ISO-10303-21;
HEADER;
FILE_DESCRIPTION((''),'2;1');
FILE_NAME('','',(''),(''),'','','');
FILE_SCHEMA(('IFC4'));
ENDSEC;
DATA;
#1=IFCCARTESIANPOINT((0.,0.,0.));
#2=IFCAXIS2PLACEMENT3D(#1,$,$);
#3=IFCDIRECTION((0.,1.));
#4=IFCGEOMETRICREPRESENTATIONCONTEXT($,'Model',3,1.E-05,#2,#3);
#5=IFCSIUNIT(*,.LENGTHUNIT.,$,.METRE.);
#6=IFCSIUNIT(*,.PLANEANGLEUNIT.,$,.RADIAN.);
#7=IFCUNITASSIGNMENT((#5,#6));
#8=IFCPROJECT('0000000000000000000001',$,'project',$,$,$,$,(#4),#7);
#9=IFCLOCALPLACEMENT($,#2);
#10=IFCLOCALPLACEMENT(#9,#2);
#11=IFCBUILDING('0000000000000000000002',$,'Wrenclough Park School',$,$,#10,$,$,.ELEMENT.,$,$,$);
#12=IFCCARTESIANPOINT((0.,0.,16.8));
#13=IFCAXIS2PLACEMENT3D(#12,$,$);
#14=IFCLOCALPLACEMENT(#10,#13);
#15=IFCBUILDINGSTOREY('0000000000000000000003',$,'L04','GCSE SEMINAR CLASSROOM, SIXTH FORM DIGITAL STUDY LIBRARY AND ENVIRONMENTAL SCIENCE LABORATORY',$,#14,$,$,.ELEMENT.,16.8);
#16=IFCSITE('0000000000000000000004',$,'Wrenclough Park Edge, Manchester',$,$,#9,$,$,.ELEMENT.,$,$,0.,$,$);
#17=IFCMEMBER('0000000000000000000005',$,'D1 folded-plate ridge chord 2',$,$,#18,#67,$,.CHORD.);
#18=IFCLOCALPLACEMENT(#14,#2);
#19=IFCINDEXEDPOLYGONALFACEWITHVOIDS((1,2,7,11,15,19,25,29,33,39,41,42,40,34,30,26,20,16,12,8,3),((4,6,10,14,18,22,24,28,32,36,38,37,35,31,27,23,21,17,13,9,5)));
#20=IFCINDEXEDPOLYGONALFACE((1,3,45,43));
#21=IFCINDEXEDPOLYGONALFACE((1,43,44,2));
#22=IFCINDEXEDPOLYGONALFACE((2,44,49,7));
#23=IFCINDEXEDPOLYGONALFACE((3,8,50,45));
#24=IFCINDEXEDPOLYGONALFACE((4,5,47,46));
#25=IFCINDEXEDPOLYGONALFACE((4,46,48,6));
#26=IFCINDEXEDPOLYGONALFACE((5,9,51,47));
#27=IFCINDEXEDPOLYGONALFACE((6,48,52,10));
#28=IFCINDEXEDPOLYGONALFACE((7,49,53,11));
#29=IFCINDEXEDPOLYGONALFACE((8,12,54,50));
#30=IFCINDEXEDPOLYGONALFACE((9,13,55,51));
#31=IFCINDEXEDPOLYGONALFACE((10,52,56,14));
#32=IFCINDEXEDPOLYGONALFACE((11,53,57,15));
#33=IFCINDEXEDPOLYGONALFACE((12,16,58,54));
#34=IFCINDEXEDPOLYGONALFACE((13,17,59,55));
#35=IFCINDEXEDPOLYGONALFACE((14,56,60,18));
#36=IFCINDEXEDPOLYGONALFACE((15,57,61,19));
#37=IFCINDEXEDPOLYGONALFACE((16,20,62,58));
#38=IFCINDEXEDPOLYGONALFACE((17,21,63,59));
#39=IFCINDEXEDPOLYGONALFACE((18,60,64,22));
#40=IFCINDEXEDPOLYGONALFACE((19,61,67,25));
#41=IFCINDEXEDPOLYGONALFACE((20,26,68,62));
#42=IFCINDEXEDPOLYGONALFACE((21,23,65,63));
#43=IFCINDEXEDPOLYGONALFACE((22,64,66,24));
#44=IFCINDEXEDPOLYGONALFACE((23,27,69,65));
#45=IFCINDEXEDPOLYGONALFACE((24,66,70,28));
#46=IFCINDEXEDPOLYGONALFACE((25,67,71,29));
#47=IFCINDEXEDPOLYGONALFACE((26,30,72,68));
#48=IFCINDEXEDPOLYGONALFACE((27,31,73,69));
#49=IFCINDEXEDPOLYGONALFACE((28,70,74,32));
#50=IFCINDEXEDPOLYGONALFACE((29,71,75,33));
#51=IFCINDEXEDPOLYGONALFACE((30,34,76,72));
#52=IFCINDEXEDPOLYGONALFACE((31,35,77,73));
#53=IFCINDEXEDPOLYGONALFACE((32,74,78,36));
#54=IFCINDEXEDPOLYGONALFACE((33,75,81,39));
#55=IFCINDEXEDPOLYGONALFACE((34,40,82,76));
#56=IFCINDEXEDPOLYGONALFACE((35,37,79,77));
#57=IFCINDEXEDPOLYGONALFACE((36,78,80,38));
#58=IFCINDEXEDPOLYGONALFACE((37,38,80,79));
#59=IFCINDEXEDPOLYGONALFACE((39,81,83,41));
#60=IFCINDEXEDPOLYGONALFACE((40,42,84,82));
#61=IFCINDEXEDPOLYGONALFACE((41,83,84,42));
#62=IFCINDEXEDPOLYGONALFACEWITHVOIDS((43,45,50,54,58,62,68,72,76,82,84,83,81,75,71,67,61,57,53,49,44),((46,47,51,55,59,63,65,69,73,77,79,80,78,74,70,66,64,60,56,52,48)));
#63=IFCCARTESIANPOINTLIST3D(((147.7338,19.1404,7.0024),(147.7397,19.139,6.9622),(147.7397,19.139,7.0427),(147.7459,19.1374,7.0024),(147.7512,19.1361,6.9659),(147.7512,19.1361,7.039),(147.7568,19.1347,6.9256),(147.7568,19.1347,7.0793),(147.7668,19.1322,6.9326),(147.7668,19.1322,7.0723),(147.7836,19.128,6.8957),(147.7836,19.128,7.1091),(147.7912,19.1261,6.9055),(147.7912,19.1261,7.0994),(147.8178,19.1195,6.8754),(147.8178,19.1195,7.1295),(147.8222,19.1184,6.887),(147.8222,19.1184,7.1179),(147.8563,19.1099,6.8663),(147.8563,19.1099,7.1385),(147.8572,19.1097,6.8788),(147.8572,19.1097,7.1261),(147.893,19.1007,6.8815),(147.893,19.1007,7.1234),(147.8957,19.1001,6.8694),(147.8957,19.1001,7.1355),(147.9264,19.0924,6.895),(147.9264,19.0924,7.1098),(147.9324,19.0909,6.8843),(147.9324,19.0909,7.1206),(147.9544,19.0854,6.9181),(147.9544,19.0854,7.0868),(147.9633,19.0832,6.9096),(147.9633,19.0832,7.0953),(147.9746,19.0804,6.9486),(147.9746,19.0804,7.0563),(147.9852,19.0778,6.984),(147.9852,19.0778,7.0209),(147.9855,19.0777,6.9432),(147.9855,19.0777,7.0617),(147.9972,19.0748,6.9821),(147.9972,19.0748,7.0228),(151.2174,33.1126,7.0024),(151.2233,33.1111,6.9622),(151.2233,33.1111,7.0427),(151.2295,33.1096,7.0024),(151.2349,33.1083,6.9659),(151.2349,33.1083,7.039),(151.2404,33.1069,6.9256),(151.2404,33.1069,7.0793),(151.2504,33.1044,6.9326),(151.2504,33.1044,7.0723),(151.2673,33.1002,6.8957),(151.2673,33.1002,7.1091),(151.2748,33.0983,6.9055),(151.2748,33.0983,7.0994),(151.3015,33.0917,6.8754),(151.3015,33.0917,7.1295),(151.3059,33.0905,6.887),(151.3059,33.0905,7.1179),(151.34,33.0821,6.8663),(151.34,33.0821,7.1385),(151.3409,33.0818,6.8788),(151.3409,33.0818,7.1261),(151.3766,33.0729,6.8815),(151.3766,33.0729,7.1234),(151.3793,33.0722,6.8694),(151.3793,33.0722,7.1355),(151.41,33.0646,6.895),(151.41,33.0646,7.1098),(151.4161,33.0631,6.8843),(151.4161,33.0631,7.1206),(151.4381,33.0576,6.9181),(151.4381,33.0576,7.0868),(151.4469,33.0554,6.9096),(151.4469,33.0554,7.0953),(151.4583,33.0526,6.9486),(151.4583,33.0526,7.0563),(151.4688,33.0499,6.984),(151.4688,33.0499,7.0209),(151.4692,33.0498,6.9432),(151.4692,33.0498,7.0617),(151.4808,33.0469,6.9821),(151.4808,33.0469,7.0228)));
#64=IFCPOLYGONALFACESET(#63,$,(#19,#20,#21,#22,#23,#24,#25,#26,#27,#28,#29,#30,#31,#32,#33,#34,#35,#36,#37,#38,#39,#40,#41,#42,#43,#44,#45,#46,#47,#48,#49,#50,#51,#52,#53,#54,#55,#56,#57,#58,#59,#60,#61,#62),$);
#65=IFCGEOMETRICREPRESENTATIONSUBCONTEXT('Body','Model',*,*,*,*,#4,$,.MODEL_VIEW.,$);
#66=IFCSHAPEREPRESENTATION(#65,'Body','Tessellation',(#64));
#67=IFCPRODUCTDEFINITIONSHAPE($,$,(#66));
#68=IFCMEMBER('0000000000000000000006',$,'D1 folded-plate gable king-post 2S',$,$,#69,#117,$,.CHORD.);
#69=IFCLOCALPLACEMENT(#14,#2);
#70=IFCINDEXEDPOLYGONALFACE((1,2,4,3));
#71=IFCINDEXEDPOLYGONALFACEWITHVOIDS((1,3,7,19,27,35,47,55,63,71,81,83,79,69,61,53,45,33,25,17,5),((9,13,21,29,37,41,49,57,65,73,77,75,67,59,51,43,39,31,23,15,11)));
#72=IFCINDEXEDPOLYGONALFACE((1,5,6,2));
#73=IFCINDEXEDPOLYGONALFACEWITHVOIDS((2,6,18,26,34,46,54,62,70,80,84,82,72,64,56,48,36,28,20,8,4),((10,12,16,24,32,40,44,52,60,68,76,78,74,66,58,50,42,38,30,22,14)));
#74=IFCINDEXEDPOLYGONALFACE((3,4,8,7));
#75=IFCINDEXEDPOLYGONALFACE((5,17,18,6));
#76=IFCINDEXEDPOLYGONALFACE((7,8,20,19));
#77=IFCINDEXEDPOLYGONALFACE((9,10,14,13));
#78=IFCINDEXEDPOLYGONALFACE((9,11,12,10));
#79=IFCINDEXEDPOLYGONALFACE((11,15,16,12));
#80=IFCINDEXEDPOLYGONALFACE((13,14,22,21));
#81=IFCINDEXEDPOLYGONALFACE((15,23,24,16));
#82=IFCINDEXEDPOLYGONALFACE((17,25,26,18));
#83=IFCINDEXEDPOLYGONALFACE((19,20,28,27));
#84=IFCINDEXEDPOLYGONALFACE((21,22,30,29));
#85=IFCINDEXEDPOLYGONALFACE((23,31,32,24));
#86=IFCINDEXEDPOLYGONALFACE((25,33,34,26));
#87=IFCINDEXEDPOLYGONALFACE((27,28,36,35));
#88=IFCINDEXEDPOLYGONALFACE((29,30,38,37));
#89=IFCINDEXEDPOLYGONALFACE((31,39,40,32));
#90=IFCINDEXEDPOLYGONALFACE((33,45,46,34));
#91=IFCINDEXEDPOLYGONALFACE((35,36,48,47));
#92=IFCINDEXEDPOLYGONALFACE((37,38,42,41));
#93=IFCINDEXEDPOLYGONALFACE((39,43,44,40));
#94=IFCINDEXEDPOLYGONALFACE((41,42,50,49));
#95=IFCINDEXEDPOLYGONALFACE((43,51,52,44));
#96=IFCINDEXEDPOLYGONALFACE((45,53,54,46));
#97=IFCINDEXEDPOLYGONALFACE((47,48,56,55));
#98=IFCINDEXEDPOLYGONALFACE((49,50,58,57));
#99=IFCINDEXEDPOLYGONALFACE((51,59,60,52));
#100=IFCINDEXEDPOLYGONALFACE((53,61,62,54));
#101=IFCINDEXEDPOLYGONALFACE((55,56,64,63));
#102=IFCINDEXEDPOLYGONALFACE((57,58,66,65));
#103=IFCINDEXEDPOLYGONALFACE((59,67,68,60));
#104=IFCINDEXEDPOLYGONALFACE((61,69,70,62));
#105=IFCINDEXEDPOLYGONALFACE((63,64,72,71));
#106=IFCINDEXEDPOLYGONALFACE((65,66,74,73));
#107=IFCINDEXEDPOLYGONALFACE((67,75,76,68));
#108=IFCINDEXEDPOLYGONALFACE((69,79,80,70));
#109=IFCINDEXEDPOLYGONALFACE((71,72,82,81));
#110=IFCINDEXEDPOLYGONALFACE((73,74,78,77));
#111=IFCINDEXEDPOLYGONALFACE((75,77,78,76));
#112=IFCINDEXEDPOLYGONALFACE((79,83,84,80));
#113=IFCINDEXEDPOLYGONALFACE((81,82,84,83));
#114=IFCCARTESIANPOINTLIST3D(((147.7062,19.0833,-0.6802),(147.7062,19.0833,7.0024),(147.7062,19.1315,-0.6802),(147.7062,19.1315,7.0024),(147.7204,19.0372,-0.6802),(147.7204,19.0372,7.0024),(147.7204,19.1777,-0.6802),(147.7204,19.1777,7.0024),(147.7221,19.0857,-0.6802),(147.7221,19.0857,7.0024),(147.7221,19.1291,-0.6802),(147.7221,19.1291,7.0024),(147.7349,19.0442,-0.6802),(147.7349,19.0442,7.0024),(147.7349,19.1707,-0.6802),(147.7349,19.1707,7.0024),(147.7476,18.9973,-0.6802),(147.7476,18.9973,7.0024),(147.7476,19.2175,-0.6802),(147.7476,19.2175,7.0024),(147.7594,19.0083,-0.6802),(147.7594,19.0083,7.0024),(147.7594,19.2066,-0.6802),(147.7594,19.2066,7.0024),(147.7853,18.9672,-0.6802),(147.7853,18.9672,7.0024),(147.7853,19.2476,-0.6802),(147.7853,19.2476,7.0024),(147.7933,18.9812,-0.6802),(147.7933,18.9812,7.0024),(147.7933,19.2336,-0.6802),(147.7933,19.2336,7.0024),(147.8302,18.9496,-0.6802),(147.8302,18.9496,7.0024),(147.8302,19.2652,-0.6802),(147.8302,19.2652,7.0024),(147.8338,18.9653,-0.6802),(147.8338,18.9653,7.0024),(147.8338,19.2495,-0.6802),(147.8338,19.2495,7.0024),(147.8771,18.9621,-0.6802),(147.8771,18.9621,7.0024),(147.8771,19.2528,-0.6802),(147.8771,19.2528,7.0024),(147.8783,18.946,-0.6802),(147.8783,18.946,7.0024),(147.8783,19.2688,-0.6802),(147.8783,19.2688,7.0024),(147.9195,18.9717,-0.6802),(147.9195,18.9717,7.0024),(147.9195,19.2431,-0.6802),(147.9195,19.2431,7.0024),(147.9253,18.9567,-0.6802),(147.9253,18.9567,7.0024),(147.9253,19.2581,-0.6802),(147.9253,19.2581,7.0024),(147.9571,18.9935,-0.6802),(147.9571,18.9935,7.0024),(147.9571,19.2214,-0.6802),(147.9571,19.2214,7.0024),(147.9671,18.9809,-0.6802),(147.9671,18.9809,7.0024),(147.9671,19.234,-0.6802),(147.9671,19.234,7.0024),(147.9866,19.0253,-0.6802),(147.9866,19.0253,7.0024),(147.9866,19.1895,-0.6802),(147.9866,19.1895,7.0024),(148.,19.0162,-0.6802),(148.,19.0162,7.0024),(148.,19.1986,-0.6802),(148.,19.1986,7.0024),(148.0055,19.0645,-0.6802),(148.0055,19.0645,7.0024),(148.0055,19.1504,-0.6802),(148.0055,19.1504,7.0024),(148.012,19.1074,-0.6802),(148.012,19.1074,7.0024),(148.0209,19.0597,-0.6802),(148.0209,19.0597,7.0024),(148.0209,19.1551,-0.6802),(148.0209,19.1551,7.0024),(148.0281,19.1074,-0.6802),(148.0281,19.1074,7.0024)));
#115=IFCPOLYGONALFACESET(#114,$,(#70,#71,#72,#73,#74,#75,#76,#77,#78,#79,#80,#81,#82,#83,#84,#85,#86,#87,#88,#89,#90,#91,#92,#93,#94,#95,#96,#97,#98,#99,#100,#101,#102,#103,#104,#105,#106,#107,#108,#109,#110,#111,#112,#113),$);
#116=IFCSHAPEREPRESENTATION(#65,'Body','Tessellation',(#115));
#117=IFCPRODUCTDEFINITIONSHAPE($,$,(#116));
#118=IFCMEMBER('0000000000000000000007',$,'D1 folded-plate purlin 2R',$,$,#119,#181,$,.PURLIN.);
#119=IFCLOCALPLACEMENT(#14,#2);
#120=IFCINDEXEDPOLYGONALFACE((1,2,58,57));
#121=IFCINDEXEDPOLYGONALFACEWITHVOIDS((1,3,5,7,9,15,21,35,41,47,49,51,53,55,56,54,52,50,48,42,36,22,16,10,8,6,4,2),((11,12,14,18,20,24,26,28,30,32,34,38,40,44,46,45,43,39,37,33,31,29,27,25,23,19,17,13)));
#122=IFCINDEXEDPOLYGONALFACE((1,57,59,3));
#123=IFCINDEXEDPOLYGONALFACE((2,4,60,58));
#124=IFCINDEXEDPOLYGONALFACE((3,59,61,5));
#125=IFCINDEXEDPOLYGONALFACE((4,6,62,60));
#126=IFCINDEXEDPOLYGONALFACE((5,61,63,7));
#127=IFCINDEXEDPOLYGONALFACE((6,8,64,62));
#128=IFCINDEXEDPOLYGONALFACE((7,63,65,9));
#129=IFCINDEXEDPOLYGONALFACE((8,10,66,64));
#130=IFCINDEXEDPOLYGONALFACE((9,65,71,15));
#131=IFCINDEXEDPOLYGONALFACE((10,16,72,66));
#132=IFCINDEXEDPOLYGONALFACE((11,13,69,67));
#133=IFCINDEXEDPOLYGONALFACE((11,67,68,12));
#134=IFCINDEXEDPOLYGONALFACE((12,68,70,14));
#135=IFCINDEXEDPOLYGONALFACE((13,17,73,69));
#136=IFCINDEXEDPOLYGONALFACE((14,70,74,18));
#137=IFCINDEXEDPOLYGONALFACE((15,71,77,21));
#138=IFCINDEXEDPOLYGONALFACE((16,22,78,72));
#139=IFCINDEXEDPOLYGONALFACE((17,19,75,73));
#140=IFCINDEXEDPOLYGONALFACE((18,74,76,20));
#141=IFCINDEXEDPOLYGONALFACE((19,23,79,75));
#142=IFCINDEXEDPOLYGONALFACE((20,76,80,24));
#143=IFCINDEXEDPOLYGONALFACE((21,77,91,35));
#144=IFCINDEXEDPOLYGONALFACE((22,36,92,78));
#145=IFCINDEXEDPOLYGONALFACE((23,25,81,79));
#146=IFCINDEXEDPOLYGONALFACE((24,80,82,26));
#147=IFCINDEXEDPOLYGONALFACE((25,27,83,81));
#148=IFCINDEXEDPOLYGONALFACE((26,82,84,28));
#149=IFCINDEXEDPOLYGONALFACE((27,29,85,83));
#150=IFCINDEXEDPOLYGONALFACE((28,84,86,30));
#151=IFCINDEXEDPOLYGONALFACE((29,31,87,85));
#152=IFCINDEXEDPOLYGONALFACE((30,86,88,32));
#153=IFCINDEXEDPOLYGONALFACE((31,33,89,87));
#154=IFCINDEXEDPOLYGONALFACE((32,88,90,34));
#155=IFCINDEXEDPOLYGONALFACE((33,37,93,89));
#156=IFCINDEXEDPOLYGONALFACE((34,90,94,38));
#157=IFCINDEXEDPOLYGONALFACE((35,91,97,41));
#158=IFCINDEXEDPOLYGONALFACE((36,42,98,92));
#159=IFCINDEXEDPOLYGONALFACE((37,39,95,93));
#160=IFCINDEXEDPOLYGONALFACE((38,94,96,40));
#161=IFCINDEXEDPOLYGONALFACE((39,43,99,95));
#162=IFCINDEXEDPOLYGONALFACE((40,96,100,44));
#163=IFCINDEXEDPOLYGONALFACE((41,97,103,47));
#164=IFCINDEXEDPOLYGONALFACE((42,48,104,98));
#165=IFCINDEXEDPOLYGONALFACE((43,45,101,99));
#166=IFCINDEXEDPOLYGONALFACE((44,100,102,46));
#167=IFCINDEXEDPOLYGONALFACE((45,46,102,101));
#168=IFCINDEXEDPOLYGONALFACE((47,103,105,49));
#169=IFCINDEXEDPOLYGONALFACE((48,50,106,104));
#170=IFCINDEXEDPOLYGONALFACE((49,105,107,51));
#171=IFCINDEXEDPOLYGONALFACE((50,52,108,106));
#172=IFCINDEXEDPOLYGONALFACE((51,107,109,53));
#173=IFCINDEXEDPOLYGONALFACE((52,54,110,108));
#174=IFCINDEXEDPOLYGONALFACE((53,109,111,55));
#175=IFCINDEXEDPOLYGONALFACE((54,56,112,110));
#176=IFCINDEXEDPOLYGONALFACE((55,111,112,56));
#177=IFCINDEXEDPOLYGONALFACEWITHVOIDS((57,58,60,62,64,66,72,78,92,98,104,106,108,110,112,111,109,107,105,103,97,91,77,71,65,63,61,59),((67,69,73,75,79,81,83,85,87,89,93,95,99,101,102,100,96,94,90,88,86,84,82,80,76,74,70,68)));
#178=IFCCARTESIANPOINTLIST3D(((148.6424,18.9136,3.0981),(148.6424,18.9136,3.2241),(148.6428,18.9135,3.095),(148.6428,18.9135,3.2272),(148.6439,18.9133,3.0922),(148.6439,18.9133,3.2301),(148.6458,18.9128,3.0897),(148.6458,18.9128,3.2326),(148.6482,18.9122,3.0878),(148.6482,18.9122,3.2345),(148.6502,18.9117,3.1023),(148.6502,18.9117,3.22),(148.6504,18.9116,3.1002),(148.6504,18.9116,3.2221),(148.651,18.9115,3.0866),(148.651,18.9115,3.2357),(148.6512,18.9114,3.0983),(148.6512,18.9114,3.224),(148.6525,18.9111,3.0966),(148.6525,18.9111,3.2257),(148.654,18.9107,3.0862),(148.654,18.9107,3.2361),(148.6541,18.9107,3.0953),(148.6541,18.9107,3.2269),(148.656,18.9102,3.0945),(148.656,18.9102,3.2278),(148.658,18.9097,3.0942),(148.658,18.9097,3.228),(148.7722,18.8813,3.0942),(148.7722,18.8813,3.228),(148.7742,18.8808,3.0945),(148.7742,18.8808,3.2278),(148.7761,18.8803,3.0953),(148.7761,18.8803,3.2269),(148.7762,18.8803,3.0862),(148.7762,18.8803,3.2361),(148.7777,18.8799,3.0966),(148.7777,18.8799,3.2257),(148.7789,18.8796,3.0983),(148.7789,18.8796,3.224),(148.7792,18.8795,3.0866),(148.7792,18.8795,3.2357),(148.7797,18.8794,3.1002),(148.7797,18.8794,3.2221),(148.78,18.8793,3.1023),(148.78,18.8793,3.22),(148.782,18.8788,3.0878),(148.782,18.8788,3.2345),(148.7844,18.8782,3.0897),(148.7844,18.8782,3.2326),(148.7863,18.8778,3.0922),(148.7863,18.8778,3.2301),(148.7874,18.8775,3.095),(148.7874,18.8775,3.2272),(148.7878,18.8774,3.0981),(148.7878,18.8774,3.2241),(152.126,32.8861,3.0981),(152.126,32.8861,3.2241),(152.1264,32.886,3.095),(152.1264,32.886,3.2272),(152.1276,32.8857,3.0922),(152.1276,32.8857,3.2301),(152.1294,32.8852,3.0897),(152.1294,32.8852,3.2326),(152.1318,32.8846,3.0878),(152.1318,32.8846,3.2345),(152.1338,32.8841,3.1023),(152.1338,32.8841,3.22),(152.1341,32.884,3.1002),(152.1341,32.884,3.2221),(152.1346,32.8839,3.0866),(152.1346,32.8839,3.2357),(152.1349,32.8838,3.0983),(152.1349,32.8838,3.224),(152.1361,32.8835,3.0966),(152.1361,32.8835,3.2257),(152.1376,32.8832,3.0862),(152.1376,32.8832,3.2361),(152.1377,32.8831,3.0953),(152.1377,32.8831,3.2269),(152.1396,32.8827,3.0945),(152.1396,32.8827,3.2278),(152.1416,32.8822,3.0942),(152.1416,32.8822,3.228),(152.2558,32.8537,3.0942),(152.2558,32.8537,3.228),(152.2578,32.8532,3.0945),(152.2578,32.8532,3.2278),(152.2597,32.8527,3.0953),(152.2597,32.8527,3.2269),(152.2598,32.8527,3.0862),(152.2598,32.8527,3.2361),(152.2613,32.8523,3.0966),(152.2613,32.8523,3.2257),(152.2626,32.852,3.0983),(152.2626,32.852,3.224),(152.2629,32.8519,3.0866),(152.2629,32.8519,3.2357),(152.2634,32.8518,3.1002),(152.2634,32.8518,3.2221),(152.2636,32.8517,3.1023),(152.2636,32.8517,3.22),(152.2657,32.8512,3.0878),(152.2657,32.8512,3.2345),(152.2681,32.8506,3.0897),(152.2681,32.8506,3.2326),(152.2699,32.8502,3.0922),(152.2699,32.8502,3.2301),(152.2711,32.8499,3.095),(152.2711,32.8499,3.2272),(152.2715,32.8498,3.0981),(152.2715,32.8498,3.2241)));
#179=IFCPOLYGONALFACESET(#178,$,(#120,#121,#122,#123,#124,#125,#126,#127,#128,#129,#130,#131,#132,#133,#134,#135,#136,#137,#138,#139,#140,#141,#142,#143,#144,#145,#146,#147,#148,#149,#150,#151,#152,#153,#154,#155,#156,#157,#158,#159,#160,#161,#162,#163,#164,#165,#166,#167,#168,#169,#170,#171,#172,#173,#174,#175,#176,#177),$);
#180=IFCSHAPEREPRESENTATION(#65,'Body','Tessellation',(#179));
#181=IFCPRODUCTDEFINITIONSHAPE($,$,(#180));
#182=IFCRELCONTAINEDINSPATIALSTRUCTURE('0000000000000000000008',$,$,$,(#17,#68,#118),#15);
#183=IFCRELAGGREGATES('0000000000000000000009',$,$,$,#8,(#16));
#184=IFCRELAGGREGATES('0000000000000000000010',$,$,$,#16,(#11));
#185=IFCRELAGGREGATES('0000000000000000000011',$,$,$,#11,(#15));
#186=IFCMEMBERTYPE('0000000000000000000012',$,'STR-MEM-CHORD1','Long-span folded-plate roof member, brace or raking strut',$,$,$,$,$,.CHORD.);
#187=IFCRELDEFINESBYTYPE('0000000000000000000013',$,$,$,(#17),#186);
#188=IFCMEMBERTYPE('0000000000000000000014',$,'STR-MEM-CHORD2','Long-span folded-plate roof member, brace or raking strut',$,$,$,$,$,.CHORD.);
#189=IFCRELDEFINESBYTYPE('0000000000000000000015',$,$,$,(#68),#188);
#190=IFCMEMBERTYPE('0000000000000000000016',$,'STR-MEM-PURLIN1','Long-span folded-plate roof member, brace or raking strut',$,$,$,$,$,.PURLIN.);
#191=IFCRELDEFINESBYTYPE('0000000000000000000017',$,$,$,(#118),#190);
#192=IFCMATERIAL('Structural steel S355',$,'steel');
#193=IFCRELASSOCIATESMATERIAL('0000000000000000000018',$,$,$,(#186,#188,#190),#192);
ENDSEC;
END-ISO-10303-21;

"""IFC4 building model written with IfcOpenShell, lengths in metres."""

from ifc_helpers import new_model, si_unit, direction, frame, origin, origin_2d, place, context, subcontext, project, spatial, hollow_rectangle, hollow_circle, extrude, material, material_profile, profile_set, type_object, element, save


model = new_model("IFC4")

# Units and contexts
model_context = context("Model", 3, precision=1e-05, world=origin(), true_north=direction((0.0, 1.0)))
body_context = subcontext(model_context, "Body", "Model", "MODEL_VIEW")
ifc_project = project(units=[si_unit("LENGTHUNIT", "METRE"), si_unit("PLANEANGLEUNIT", "RADIAN")], contexts=[model_context])

# Site, building, storey
site_placement = place(None, origin())
site = spatial("IfcSite", under=ifc_project, at=site_placement, Name="Wrenclough Park Edge, Manchester", CompositionType="ELEMENT", RefElevation=0.0)
building_placement = place(site_placement, origin())
building = spatial("IfcBuilding", under=site, at=building_placement, Name="Wrenclough Park School", CompositionType="ELEMENT")
storey_placement = place(building_placement, frame((0.0, 0.0, 16.8)))
storey = spatial("IfcBuildingStorey", under=building, at=storey_placement, Name="L04", Description="GCSE SEMINAR CLASSROOM, SIXTH FORM DIGITAL STUDY LIBRARY AND ENVIRONMENTAL SCIENCE LABORATORY", CompositionType="ELEMENT", Elevation=16.8)

# Members
ifc_material_1 = material(Name="Structural steel S355", Category="steel")
ifc_material_profile_1 = material_profile(ifc_material_1, hollow_circle(Radius=0.1365, WallThickness=0.0125, at=origin_2d()), Name="CHS 273.0x12.5")
ifc_profile_set_1 = profile_set([ifc_material_profile_1], Name="Structural steel S355")
member_type_1 = type_object("IfcMemberType", Name="STR-MEM-CHORD1", Description="Long-span folded-plate roof member, brace or raking strut", PredefinedType="CHORD", material=ifc_profile_set_1)
member_1_placement = place(storey_placement, frame((147.8662, 19.1074, 7.0024), z_axis=(0.241921, 0.970296, 0.0), x_axis=(-0.970296, 0.241921, 0.0)))
element("IfcMember", 1, at=member_1_placement, inside=storey, type_object=member_type_1, Name="D1 folded-plate ridge chord 2", PredefinedType="CHORD", context=body_context, shape_type="SweptSolid", body=[
    extrude(hollow_circle(Radius=0.1365, WallThickness=0.0125, at=origin_2d()), origin(), (0.0, 0.0, 1.0), 14.3999),
])
ifc_material_profile_2 = material_profile(ifc_material_1, hollow_circle(Radius=0.1619, WallThickness=0.0161, at=origin_2d()), Name="CHS 323.9x16.0")
ifc_profile_set_2 = profile_set([ifc_material_profile_2], Name="Structural steel S355")
member_type_2 = type_object("IfcMemberType", Name="STR-MEM-CHORD2", Description="Long-span folded-plate roof member, brace or raking strut", PredefinedType="CHORD", material=ifc_profile_set_2)
member_2_placement = place(storey_placement, frame((147.8662, 19.1074, -0.6802), z_axis=(0.0, 0.0, 1.0), x_axis=(1.0, 0.0, 0.0)))
element("IfcMember", 2, at=member_2_placement, inside=storey, type_object=member_type_2, Name="D1 folded-plate gable king-post 2S", PredefinedType="CHORD", context=body_context, shape_type="SweptSolid", body=[
    extrude(hollow_circle(Radius=0.1619, WallThickness=0.0161, at=origin_2d()), origin(), (0.0, 0.0, 1.0), 7.6826),
])
ifc_material_profile_3 = material_profile(ifc_material_1, hollow_rectangle(XDim=0.1499, YDim=0.1499, WallThickness=0.0081, InnerFilletRadius=0.0081, OuterFilletRadius=0.012, at=origin_2d()), Name="SHS 150x150x8.0")
ifc_profile_set_3 = profile_set([ifc_material_profile_3], Name="Structural steel S355")
member_type_3 = type_object("IfcMemberType", Name="STR-MEM-PURLIN1", Description="Long-span folded-plate roof member, brace or raking strut", PredefinedType="PURLIN", material=ifc_profile_set_3)
member_3_placement = place(storey_placement, frame((148.7151, 18.8955, 3.1611), z_axis=(0.241917, 0.970297, 0.0), x_axis=(-0.970297, 0.241917, 0.0)))
element("IfcMember", 3, at=member_3_placement, inside=storey, type_object=member_type_3, Name="D1 folded-plate purlin 2R", PredefinedType="PURLIN", context=body_context, shape_type="SweptSolid", body=[
    extrude(hollow_rectangle(XDim=0.1499, YDim=0.1499, WallThickness=0.0081, InnerFilletRadius=0.0081, OuterFilletRadius=0.012, at=origin_2d()), origin(), (0.0, 0.0, 1.0), 14.4001),
])

save(model, "model.ifc")
